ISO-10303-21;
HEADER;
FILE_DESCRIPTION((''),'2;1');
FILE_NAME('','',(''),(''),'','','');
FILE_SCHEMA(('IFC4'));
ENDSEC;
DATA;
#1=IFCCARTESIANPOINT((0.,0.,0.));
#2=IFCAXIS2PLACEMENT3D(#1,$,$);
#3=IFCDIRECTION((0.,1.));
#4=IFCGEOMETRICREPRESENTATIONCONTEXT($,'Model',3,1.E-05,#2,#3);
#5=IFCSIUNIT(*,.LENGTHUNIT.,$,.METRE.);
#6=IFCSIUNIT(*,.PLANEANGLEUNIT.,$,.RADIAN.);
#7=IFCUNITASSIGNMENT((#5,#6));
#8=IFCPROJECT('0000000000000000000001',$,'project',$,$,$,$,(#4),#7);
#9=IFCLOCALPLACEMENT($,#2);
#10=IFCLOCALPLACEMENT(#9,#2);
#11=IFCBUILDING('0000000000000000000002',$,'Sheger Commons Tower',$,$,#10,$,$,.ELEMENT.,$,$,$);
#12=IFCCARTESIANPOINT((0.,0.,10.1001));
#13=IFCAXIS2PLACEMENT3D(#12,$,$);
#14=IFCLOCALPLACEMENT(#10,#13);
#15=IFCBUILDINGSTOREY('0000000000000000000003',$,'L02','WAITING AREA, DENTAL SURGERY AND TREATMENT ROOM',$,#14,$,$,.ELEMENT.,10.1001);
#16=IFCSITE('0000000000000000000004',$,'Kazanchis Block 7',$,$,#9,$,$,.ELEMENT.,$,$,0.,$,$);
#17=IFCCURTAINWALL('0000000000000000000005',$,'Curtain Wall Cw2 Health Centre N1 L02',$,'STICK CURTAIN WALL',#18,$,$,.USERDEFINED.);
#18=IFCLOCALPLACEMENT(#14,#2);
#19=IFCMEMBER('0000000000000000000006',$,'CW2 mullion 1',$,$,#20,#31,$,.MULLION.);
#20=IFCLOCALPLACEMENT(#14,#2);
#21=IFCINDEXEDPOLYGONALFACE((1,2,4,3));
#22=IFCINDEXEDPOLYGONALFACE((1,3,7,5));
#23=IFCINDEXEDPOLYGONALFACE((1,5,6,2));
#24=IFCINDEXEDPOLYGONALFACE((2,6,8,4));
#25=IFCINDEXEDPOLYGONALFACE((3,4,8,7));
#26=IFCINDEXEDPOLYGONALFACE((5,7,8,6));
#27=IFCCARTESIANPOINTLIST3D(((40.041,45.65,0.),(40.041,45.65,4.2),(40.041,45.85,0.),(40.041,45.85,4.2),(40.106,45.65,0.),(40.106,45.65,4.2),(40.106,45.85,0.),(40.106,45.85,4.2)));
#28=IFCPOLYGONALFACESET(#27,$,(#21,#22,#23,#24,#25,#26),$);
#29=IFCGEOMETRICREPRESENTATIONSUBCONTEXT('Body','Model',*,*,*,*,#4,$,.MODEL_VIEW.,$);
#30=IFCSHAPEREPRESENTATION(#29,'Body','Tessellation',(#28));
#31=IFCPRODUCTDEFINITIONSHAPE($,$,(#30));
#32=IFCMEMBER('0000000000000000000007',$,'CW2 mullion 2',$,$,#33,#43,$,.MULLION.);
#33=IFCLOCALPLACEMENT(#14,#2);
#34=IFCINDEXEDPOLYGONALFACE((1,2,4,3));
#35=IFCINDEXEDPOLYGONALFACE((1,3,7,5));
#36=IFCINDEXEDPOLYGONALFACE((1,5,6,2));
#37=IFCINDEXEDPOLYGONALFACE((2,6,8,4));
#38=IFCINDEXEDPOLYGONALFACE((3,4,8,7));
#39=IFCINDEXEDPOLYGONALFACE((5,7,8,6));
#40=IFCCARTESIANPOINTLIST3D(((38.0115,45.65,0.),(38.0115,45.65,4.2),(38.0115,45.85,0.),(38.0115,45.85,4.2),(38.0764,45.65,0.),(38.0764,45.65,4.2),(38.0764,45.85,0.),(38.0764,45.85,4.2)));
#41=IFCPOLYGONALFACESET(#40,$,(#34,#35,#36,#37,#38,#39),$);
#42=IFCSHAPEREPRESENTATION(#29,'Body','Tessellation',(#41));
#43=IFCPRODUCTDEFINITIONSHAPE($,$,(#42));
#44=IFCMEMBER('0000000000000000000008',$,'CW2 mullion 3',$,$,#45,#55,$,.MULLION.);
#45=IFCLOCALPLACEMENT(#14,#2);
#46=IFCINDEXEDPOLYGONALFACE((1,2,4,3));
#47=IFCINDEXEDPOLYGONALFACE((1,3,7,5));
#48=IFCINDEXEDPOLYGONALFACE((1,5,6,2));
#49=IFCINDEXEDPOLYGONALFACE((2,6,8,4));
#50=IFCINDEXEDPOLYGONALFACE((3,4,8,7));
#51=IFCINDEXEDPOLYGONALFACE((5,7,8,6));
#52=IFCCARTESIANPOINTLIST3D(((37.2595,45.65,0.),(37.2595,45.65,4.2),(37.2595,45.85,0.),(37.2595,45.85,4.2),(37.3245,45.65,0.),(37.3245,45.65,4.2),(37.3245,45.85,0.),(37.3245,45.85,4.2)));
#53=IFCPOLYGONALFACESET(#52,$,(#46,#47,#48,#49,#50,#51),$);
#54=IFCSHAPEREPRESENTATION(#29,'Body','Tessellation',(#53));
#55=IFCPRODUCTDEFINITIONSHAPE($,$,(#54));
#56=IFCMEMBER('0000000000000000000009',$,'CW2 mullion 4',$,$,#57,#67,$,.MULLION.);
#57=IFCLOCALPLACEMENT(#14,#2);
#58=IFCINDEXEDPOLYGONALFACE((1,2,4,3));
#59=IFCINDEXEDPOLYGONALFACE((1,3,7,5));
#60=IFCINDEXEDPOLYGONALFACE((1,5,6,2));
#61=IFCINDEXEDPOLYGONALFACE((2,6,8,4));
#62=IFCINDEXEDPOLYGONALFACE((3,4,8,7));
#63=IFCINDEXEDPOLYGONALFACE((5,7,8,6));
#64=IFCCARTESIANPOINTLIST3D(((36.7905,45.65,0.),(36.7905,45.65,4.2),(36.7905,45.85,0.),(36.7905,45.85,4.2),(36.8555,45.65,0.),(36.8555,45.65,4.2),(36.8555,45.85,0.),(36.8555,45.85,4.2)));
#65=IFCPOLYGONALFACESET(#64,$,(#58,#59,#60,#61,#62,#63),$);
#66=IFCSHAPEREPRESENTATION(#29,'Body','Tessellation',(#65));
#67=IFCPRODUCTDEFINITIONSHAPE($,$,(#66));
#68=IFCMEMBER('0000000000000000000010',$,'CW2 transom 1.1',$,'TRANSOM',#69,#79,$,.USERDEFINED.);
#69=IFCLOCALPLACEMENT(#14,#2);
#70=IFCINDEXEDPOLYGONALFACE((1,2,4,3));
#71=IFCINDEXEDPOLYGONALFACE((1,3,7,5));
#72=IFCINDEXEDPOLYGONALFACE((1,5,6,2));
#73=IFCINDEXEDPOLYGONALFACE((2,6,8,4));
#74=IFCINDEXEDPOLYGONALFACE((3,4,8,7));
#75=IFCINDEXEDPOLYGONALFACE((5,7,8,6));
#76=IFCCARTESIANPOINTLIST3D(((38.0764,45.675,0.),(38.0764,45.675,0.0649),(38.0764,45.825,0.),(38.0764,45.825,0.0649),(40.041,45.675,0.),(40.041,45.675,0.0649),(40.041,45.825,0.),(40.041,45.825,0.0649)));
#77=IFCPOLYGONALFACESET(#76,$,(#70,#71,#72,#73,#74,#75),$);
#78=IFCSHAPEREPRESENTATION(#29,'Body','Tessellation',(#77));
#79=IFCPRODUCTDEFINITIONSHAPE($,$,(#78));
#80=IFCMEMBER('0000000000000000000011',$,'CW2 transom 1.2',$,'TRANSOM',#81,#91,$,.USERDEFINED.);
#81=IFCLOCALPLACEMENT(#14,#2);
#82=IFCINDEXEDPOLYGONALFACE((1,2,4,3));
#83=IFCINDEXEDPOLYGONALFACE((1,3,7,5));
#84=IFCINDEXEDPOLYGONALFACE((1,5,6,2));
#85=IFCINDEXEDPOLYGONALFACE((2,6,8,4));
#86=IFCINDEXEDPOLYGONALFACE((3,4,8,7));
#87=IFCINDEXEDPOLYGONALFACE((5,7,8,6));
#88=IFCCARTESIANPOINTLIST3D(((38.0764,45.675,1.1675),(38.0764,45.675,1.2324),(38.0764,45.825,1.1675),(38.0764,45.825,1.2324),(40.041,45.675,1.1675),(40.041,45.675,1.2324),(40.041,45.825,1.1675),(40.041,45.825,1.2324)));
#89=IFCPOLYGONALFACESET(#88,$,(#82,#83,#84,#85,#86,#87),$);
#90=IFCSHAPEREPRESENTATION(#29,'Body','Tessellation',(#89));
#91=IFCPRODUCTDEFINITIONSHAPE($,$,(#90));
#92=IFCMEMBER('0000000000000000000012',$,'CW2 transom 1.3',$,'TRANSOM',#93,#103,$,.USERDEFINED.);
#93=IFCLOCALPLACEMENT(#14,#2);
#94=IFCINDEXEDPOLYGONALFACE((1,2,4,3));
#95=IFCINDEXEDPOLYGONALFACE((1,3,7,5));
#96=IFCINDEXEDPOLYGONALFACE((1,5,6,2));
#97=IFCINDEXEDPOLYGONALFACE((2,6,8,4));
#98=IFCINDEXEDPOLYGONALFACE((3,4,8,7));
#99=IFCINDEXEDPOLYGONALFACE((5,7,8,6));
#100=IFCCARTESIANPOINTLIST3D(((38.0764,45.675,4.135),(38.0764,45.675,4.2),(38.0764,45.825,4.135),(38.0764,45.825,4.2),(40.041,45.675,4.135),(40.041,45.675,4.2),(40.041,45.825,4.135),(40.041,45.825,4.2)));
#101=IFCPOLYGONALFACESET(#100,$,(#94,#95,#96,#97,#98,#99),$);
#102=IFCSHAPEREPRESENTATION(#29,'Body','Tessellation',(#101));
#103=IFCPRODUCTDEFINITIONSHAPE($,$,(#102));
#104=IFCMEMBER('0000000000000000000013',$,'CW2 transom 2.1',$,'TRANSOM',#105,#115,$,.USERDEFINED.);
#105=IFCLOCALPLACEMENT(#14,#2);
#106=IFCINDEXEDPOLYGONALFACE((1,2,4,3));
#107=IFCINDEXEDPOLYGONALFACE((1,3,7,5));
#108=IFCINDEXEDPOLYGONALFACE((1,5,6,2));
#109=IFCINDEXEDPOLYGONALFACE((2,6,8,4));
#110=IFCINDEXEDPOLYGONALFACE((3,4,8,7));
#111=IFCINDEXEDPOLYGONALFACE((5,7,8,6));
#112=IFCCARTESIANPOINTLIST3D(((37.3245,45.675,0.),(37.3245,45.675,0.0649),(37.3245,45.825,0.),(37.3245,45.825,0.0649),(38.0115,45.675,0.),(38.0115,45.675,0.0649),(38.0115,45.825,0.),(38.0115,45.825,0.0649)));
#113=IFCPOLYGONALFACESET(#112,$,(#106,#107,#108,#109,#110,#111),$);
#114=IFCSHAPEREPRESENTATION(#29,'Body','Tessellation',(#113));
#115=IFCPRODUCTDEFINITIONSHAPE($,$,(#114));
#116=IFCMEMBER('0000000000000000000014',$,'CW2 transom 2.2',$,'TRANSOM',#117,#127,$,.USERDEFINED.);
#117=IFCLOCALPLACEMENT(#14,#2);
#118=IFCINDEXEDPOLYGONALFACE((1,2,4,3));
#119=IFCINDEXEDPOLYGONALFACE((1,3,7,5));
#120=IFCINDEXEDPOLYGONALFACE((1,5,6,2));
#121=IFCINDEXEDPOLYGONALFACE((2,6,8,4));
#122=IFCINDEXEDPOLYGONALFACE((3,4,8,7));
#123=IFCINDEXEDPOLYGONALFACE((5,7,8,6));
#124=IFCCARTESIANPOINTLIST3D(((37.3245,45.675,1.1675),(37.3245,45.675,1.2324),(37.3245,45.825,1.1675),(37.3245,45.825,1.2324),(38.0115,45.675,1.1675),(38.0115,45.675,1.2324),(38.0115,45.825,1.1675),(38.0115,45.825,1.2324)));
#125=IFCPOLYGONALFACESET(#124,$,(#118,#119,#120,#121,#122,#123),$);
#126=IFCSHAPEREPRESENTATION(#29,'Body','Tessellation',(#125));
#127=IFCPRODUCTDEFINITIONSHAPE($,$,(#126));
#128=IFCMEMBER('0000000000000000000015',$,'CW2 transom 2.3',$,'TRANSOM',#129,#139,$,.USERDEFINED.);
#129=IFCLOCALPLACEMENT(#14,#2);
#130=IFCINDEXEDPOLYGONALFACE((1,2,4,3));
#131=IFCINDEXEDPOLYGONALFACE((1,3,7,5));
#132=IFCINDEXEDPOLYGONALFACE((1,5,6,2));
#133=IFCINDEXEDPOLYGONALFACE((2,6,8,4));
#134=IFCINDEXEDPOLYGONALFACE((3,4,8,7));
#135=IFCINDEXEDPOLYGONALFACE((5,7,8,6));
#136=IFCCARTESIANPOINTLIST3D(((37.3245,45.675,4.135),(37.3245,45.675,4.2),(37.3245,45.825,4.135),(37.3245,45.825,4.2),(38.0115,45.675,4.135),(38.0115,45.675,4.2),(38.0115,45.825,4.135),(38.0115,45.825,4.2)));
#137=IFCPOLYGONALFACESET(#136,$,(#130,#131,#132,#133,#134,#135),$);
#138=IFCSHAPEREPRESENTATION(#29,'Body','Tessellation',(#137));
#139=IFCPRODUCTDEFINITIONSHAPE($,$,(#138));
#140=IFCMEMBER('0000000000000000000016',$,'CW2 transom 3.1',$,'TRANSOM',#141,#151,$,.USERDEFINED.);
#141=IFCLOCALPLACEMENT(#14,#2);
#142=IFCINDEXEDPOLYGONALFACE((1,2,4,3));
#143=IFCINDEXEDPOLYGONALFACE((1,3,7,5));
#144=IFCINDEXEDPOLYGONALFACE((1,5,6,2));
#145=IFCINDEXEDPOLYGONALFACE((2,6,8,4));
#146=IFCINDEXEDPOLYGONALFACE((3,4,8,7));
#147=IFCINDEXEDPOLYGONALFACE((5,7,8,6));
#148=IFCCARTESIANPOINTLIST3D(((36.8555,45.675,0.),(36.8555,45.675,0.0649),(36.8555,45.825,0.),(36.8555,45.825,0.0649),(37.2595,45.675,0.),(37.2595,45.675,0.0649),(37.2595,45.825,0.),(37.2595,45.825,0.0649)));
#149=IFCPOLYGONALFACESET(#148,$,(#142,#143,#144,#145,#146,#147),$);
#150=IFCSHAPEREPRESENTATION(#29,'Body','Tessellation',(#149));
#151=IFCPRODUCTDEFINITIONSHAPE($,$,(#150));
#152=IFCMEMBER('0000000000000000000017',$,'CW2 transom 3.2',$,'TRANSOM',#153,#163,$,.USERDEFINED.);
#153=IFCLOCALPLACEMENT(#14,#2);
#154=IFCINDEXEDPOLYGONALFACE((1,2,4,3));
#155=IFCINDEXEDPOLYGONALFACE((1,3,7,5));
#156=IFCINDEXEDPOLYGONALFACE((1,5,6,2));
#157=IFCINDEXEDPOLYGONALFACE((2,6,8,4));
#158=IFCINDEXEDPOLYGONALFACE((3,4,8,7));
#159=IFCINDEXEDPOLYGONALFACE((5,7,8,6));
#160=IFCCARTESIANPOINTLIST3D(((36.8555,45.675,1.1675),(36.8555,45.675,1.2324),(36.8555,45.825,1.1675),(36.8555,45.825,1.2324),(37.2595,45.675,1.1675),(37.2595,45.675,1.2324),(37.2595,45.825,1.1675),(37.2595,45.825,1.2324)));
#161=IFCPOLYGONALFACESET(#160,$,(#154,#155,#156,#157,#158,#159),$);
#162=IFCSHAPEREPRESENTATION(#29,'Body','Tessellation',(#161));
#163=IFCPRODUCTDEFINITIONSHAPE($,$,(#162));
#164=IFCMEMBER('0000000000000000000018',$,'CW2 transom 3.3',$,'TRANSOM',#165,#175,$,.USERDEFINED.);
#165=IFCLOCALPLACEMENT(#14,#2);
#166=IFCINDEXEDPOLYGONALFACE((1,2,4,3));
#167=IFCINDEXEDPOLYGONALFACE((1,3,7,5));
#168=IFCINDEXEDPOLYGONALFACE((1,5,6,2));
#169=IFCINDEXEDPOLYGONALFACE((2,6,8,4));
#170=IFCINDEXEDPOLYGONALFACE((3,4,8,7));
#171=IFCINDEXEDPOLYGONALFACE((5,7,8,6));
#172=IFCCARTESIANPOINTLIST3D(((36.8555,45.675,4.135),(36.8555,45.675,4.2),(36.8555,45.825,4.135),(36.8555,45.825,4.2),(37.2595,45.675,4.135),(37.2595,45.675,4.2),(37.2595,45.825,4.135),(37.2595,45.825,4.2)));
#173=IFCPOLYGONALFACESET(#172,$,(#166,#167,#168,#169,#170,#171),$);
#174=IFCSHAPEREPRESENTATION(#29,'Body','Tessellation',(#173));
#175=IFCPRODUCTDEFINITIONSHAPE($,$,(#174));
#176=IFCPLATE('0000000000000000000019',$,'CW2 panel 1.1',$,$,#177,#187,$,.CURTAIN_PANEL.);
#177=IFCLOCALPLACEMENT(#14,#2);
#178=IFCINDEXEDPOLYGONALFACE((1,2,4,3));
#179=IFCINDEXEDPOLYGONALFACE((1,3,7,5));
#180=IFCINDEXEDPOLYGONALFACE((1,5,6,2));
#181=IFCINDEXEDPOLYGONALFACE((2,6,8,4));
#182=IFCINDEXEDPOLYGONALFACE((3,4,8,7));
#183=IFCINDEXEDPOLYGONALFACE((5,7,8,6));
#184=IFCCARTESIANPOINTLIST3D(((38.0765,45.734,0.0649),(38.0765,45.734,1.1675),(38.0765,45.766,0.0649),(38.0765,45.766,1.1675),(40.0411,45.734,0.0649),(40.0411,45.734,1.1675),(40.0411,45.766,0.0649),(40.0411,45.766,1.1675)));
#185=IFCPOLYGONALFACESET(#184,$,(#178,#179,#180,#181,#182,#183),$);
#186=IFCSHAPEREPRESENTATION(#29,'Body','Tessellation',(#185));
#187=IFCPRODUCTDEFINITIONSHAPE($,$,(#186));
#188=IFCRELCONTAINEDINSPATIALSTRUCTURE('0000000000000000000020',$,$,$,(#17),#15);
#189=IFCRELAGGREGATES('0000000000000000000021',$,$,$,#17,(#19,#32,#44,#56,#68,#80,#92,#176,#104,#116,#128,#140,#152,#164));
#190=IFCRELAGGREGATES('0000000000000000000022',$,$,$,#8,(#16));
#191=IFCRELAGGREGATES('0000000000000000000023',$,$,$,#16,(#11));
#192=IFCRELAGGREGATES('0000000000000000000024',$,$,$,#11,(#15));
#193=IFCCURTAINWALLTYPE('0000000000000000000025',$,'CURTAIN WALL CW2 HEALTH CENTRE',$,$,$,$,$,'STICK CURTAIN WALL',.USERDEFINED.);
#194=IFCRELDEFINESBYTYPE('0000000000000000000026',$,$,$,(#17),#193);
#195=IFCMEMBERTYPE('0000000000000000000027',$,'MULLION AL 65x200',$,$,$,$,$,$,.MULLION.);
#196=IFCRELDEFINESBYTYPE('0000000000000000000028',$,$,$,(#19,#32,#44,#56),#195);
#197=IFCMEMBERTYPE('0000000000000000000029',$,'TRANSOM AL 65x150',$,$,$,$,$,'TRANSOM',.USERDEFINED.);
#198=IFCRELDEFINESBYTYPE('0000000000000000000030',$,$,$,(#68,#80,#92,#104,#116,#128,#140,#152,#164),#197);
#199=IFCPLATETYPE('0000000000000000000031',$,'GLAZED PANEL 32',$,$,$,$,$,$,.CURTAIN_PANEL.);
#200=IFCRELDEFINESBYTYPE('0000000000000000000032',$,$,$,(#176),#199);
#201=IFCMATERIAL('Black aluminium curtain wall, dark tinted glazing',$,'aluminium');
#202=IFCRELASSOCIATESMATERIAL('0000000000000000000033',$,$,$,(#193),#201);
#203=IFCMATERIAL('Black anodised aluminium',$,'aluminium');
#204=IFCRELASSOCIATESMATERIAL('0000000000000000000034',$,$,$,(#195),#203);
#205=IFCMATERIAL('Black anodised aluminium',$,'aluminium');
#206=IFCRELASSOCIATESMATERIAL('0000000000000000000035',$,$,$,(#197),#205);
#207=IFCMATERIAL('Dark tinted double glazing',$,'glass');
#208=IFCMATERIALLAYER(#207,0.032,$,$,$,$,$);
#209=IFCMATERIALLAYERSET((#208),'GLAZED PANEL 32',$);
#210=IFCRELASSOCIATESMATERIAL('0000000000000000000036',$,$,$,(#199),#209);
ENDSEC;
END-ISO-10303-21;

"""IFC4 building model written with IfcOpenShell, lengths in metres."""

from ifc_helpers import new_model, si_unit, direction, frame, origin, origin_2d, place, context, subcontext, project, spatial, rectangle, extrude, material, layer, layer_set, material_profile, profile_set, type_object, element, aggregate, save


model = new_model("IFC4")

# Units and contexts
model_context = context("Model", 3, precision=1e-05, world=origin(), true_north=direction((0.0, 1.0)))
body_context = subcontext(model_context, "Body", "Model", "MODEL_VIEW")
ifc_project = project(units=[si_unit("LENGTHUNIT", "METRE"), si_unit("PLANEANGLEUNIT", "RADIAN")], contexts=[model_context])

# Site, building, storey
site_placement = place(None, origin())
site = spatial("IfcSite", under=ifc_project, at=site_placement, Name="Kazanchis Block 7", CompositionType="ELEMENT", RefElevation=0.0)
building_placement = place(site_placement, origin())
building = spatial("IfcBuilding", under=site, at=building_placement, Name="Sheger Commons Tower", CompositionType="ELEMENT")
storey_placement = place(building_placement, frame((0.0, 0.0, 10.1001)))
storey = spatial("IfcBuildingStorey", under=building, at=storey_placement, Name="L02", Description="WAITING AREA, DENTAL SURGERY AND TREATMENT ROOM", CompositionType="ELEMENT", Elevation=10.1001)

# Curtain wall, members, plate
ifc_material_1 = material(Name="Black aluminium curtain wall, dark tinted glazing", Category="aluminium")
curtain_wall_type = type_object("IfcCurtainWallType", Name="CURTAIN WALL CW2 HEALTH CENTRE", ElementType="STICK CURTAIN WALL", PredefinedType="USERDEFINED", material=ifc_material_1)
curtain_wall_placement = place(storey_placement, origin())
curtain_wall = element("IfcCurtainWall", 1, at=curtain_wall_placement, inside=storey, type_object=curtain_wall_type, Name="Curtain Wall Cw2 Health Centre N1 L02", ObjectType="STICK CURTAIN WALL", PredefinedType="USERDEFINED")
ifc_material_2 = material(Name="Black anodised aluminium", Category="aluminium")
ifc_material_profile_1 = material_profile(ifc_material_2, rectangle(XDim=0.2, YDim=0.0649, at=origin_2d()), Name="AL 65x200")
ifc_profile_set_1 = profile_set([ifc_material_profile_1], Name="Black anodised aluminium")
member_type_1 = type_object("IfcMemberType", Name="MULLION AL 65x200", PredefinedType="MULLION", material=ifc_profile_set_1)
member_1_placement = place(storey_placement, frame((40.0735, 45.75, 0.0), z_axis=(0.0, 0.0, 1.0), x_axis=(0.0, -1.0, 0.0)))
member_1 = element("IfcMember", 2, at=member_1_placement, type_object=member_type_1, Name="CW2 mullion 1", PredefinedType="MULLION", context=body_context, shape_type="SweptSolid", body=[
    extrude(rectangle(XDim=0.2, YDim=0.0649, at=origin_2d()), origin(), (0.0, 0.0, 1.0), 4.2),
])
member_2_placement = place(storey_placement, frame((38.0439, 45.75, 0.0), z_axis=(0.0, 0.0, 1.0), x_axis=(0.0, -1.0, 0.0)))
member_2 = element("IfcMember", 3, at=member_2_placement, type_object=member_type_1, Name="CW2 mullion 2", PredefinedType="MULLION", context=body_context, shape_type="SweptSolid", body=[
    extrude(rectangle(XDim=0.2, YDim=0.0649, at=origin_2d()), origin(), (0.0, 0.0, 1.0), 4.2),
])
member_3_placement = place(storey_placement, frame((37.292, 45.75, 0.0), z_axis=(0.0, 0.0, 1.0), x_axis=(0.0, -1.0, 0.0)))
member_3 = element("IfcMember", 4, at=member_3_placement, type_object=member_type_1, Name="CW2 mullion 3", PredefinedType="MULLION", context=body_context, shape_type="SweptSolid", body=[
    extrude(rectangle(XDim=0.2, YDim=0.0649, at=origin_2d()), origin(), (0.0, 0.0, 1.0), 4.2),
])
member_4_placement = place(storey_placement, frame((36.823, 45.75, 0.0), z_axis=(0.0, 0.0, 1.0), x_axis=(0.0, -1.0, 0.0)))
member_4 = element("IfcMember", 5, at=member_4_placement, type_object=member_type_1, Name="CW2 mullion 4", PredefinedType="MULLION", context=body_context, shape_type="SweptSolid", body=[
    extrude(rectangle(XDim=0.2, YDim=0.0649, at=origin_2d()), origin(), (0.0, 0.0, 1.0), 4.2),
])
ifc_material_3 = material(Name="Black anodised aluminium", Category="aluminium")
ifc_material_profile_2 = material_profile(ifc_material_3, rectangle(XDim=0.1499, YDim=0.0649, at=origin_2d()), Name="AL 65x150")
ifc_profile_set_2 = profile_set([ifc_material_profile_2], Name="Black anodised aluminium")
member_type_2 = type_object("IfcMemberType", Name="TRANSOM AL 65x150", ElementType="TRANSOM", PredefinedType="USERDEFINED", material=ifc_profile_set_2)
member_5_placement = place(storey_placement, frame((40.041, 45.75, 0.0325), z_axis=(-1.0, 0.0, 0.0), x_axis=(0.0, -1.0, 0.0)))
member_5 = element("IfcMember", 6, at=member_5_placement, type_object=member_type_2, Name="CW2 transom 1.1", ObjectType="TRANSOM", PredefinedType="USERDEFINED", context=body_context, shape_type="SweptSolid", body=[
    extrude(rectangle(XDim=0.1499, YDim=0.0649, at=origin_2d()), origin(), (0.0, 0.0, 1.0), 1.9646),
])
member_6_placement = place(storey_placement, frame((40.041, 45.75, 1.2), z_axis=(-1.0, 0.0, 0.0), x_axis=(0.0, -1.0, 0.0)))
member_6 = element("IfcMember", 7, at=member_6_placement, type_object=member_type_2, Name="CW2 transom 1.2", ObjectType="TRANSOM", PredefinedType="USERDEFINED", context=body_context, shape_type="SweptSolid", body=[
    extrude(rectangle(XDim=0.1499, YDim=0.0649, at=origin_2d()), origin(), (0.0, 0.0, 1.0), 1.9646),
])
member_7_placement = place(storey_placement, frame((40.041, 45.75, 4.1675), z_axis=(-1.0, 0.0, 0.0), x_axis=(0.0, -1.0, 0.0)))
member_7 = element("IfcMember", 8, at=member_7_placement, type_object=member_type_2, Name="CW2 transom 1.3", ObjectType="TRANSOM", PredefinedType="USERDEFINED", context=body_context, shape_type="SweptSolid", body=[
    extrude(rectangle(XDim=0.1499, YDim=0.0649, at=origin_2d()), origin(), (0.0, 0.0, 1.0), 1.9646),
])
member_8_placement = place(storey_placement, frame((38.0115, 45.75, 0.0325), z_axis=(-1.0, 0.0, 0.0), x_axis=(0.0, -1.0, 0.0)))
member_8 = element("IfcMember", 9, at=member_8_placement, type_object=member_type_2, Name="CW2 transom 2.1", ObjectType="TRANSOM", PredefinedType="USERDEFINED", context=body_context, shape_type="SweptSolid", body=[
    extrude(rectangle(XDim=0.1499, YDim=0.0649, at=origin_2d()), origin(), (0.0, 0.0, 1.0), 0.687),
])
member_9_placement = place(storey_placement, frame((38.0115, 45.75, 1.2), z_axis=(-1.0, 0.0, 0.0), x_axis=(0.0, -1.0, 0.0)))
member_9 = element("IfcMember", 10, at=member_9_placement, type_object=member_type_2, Name="CW2 transom 2.2", ObjectType="TRANSOM", PredefinedType="USERDEFINED", context=body_context, shape_type="SweptSolid", body=[
    extrude(rectangle(XDim=0.1499, YDim=0.0649, at=origin_2d()), origin(), (0.0, 0.0, 1.0), 0.687),
])
member_10_placement = place(storey_placement, frame((38.0115, 45.75, 4.1675), z_axis=(-1.0, 0.0, 0.0), x_axis=(0.0, -1.0, 0.0)))
member_10 = element("IfcMember", 11, at=member_10_placement, type_object=member_type_2, Name="CW2 transom 2.3", ObjectType="TRANSOM", PredefinedType="USERDEFINED", context=body_context, shape_type="SweptSolid", body=[
    extrude(rectangle(XDim=0.1499, YDim=0.0649, at=origin_2d()), origin(), (0.0, 0.0, 1.0), 0.687),
])
member_11_placement = place(storey_placement, frame((37.2595, 45.75, 0.0325), z_axis=(-1.0, 0.0, 0.0), x_axis=(0.0, -1.0, 0.0)))
member_11 = element("IfcMember", 12, at=member_11_placement, type_object=member_type_2, Name="CW2 transom 3.1", ObjectType="TRANSOM", PredefinedType="USERDEFINED", context=body_context, shape_type="SweptSolid", body=[
    extrude(rectangle(XDim=0.1499, YDim=0.0649, at=origin_2d()), origin(), (0.0, 0.0, 1.0), 0.4041),
])
member_12_placement = place(storey_placement, frame((37.2595, 45.75, 1.2), z_axis=(-1.0, 0.0, 0.0), x_axis=(0.0, -1.0, 0.0)))
member_12 = element("IfcMember", 13, at=member_12_placement, type_object=member_type_2, Name="CW2 transom 3.2", ObjectType="TRANSOM", PredefinedType="USERDEFINED", context=body_context, shape_type="SweptSolid", body=[
    extrude(rectangle(XDim=0.1499, YDim=0.0649, at=origin_2d()), origin(), (0.0, 0.0, 1.0), 0.4041),
])
member_13_placement = place(storey_placement, frame((37.2595, 45.75, 4.1675), z_axis=(-1.0, 0.0, 0.0), x_axis=(0.0, -1.0, 0.0)))
member_13 = element("IfcMember", 14, at=member_13_placement, type_object=member_type_2, Name="CW2 transom 3.3", ObjectType="TRANSOM", PredefinedType="USERDEFINED", context=body_context, shape_type="SweptSolid", body=[
    extrude(rectangle(XDim=0.1499, YDim=0.0649, at=origin_2d()), origin(), (0.0, 0.0, 1.0), 0.4041),
])
ifc_material_4 = material(Name="Dark tinted double glazing", Category="glass")
ifc_layer_1 = layer(ifc_material_4, 0.032)
ifc_layer_set_1 = layer_set([ifc_layer_1], Name="GLAZED PANEL 32")
plate_type = type_object("IfcPlateType", Name="GLAZED PANEL 32", PredefinedType="CURTAIN_PANEL", material=ifc_layer_set_1)
plate_1_placement = place(storey_placement, frame((39.0588, 45.75, 0.0649), z_axis=(0.0, 0.0, 1.0), x_axis=(-1.0, 0.0, 0.0)))
plate_1 = element("IfcPlate", 15, at=plate_1_placement, type_object=plate_type, Name="CW2 panel 1.1", PredefinedType="CURTAIN_PANEL", context=body_context, shape_type="SweptSolid", body=[
    extrude(rectangle(XDim=1.9646, YDim=0.032, at=origin_2d()), origin(), (0.0, 0.0, 1.0), 1.1025),
])
aggregate(curtain_wall, [member_1, member_2, member_3, member_4, member_5, member_6, member_7, plate_1, member_8, member_9, member_10, member_11, member_12, member_13])

save(model, "model.ifc")
